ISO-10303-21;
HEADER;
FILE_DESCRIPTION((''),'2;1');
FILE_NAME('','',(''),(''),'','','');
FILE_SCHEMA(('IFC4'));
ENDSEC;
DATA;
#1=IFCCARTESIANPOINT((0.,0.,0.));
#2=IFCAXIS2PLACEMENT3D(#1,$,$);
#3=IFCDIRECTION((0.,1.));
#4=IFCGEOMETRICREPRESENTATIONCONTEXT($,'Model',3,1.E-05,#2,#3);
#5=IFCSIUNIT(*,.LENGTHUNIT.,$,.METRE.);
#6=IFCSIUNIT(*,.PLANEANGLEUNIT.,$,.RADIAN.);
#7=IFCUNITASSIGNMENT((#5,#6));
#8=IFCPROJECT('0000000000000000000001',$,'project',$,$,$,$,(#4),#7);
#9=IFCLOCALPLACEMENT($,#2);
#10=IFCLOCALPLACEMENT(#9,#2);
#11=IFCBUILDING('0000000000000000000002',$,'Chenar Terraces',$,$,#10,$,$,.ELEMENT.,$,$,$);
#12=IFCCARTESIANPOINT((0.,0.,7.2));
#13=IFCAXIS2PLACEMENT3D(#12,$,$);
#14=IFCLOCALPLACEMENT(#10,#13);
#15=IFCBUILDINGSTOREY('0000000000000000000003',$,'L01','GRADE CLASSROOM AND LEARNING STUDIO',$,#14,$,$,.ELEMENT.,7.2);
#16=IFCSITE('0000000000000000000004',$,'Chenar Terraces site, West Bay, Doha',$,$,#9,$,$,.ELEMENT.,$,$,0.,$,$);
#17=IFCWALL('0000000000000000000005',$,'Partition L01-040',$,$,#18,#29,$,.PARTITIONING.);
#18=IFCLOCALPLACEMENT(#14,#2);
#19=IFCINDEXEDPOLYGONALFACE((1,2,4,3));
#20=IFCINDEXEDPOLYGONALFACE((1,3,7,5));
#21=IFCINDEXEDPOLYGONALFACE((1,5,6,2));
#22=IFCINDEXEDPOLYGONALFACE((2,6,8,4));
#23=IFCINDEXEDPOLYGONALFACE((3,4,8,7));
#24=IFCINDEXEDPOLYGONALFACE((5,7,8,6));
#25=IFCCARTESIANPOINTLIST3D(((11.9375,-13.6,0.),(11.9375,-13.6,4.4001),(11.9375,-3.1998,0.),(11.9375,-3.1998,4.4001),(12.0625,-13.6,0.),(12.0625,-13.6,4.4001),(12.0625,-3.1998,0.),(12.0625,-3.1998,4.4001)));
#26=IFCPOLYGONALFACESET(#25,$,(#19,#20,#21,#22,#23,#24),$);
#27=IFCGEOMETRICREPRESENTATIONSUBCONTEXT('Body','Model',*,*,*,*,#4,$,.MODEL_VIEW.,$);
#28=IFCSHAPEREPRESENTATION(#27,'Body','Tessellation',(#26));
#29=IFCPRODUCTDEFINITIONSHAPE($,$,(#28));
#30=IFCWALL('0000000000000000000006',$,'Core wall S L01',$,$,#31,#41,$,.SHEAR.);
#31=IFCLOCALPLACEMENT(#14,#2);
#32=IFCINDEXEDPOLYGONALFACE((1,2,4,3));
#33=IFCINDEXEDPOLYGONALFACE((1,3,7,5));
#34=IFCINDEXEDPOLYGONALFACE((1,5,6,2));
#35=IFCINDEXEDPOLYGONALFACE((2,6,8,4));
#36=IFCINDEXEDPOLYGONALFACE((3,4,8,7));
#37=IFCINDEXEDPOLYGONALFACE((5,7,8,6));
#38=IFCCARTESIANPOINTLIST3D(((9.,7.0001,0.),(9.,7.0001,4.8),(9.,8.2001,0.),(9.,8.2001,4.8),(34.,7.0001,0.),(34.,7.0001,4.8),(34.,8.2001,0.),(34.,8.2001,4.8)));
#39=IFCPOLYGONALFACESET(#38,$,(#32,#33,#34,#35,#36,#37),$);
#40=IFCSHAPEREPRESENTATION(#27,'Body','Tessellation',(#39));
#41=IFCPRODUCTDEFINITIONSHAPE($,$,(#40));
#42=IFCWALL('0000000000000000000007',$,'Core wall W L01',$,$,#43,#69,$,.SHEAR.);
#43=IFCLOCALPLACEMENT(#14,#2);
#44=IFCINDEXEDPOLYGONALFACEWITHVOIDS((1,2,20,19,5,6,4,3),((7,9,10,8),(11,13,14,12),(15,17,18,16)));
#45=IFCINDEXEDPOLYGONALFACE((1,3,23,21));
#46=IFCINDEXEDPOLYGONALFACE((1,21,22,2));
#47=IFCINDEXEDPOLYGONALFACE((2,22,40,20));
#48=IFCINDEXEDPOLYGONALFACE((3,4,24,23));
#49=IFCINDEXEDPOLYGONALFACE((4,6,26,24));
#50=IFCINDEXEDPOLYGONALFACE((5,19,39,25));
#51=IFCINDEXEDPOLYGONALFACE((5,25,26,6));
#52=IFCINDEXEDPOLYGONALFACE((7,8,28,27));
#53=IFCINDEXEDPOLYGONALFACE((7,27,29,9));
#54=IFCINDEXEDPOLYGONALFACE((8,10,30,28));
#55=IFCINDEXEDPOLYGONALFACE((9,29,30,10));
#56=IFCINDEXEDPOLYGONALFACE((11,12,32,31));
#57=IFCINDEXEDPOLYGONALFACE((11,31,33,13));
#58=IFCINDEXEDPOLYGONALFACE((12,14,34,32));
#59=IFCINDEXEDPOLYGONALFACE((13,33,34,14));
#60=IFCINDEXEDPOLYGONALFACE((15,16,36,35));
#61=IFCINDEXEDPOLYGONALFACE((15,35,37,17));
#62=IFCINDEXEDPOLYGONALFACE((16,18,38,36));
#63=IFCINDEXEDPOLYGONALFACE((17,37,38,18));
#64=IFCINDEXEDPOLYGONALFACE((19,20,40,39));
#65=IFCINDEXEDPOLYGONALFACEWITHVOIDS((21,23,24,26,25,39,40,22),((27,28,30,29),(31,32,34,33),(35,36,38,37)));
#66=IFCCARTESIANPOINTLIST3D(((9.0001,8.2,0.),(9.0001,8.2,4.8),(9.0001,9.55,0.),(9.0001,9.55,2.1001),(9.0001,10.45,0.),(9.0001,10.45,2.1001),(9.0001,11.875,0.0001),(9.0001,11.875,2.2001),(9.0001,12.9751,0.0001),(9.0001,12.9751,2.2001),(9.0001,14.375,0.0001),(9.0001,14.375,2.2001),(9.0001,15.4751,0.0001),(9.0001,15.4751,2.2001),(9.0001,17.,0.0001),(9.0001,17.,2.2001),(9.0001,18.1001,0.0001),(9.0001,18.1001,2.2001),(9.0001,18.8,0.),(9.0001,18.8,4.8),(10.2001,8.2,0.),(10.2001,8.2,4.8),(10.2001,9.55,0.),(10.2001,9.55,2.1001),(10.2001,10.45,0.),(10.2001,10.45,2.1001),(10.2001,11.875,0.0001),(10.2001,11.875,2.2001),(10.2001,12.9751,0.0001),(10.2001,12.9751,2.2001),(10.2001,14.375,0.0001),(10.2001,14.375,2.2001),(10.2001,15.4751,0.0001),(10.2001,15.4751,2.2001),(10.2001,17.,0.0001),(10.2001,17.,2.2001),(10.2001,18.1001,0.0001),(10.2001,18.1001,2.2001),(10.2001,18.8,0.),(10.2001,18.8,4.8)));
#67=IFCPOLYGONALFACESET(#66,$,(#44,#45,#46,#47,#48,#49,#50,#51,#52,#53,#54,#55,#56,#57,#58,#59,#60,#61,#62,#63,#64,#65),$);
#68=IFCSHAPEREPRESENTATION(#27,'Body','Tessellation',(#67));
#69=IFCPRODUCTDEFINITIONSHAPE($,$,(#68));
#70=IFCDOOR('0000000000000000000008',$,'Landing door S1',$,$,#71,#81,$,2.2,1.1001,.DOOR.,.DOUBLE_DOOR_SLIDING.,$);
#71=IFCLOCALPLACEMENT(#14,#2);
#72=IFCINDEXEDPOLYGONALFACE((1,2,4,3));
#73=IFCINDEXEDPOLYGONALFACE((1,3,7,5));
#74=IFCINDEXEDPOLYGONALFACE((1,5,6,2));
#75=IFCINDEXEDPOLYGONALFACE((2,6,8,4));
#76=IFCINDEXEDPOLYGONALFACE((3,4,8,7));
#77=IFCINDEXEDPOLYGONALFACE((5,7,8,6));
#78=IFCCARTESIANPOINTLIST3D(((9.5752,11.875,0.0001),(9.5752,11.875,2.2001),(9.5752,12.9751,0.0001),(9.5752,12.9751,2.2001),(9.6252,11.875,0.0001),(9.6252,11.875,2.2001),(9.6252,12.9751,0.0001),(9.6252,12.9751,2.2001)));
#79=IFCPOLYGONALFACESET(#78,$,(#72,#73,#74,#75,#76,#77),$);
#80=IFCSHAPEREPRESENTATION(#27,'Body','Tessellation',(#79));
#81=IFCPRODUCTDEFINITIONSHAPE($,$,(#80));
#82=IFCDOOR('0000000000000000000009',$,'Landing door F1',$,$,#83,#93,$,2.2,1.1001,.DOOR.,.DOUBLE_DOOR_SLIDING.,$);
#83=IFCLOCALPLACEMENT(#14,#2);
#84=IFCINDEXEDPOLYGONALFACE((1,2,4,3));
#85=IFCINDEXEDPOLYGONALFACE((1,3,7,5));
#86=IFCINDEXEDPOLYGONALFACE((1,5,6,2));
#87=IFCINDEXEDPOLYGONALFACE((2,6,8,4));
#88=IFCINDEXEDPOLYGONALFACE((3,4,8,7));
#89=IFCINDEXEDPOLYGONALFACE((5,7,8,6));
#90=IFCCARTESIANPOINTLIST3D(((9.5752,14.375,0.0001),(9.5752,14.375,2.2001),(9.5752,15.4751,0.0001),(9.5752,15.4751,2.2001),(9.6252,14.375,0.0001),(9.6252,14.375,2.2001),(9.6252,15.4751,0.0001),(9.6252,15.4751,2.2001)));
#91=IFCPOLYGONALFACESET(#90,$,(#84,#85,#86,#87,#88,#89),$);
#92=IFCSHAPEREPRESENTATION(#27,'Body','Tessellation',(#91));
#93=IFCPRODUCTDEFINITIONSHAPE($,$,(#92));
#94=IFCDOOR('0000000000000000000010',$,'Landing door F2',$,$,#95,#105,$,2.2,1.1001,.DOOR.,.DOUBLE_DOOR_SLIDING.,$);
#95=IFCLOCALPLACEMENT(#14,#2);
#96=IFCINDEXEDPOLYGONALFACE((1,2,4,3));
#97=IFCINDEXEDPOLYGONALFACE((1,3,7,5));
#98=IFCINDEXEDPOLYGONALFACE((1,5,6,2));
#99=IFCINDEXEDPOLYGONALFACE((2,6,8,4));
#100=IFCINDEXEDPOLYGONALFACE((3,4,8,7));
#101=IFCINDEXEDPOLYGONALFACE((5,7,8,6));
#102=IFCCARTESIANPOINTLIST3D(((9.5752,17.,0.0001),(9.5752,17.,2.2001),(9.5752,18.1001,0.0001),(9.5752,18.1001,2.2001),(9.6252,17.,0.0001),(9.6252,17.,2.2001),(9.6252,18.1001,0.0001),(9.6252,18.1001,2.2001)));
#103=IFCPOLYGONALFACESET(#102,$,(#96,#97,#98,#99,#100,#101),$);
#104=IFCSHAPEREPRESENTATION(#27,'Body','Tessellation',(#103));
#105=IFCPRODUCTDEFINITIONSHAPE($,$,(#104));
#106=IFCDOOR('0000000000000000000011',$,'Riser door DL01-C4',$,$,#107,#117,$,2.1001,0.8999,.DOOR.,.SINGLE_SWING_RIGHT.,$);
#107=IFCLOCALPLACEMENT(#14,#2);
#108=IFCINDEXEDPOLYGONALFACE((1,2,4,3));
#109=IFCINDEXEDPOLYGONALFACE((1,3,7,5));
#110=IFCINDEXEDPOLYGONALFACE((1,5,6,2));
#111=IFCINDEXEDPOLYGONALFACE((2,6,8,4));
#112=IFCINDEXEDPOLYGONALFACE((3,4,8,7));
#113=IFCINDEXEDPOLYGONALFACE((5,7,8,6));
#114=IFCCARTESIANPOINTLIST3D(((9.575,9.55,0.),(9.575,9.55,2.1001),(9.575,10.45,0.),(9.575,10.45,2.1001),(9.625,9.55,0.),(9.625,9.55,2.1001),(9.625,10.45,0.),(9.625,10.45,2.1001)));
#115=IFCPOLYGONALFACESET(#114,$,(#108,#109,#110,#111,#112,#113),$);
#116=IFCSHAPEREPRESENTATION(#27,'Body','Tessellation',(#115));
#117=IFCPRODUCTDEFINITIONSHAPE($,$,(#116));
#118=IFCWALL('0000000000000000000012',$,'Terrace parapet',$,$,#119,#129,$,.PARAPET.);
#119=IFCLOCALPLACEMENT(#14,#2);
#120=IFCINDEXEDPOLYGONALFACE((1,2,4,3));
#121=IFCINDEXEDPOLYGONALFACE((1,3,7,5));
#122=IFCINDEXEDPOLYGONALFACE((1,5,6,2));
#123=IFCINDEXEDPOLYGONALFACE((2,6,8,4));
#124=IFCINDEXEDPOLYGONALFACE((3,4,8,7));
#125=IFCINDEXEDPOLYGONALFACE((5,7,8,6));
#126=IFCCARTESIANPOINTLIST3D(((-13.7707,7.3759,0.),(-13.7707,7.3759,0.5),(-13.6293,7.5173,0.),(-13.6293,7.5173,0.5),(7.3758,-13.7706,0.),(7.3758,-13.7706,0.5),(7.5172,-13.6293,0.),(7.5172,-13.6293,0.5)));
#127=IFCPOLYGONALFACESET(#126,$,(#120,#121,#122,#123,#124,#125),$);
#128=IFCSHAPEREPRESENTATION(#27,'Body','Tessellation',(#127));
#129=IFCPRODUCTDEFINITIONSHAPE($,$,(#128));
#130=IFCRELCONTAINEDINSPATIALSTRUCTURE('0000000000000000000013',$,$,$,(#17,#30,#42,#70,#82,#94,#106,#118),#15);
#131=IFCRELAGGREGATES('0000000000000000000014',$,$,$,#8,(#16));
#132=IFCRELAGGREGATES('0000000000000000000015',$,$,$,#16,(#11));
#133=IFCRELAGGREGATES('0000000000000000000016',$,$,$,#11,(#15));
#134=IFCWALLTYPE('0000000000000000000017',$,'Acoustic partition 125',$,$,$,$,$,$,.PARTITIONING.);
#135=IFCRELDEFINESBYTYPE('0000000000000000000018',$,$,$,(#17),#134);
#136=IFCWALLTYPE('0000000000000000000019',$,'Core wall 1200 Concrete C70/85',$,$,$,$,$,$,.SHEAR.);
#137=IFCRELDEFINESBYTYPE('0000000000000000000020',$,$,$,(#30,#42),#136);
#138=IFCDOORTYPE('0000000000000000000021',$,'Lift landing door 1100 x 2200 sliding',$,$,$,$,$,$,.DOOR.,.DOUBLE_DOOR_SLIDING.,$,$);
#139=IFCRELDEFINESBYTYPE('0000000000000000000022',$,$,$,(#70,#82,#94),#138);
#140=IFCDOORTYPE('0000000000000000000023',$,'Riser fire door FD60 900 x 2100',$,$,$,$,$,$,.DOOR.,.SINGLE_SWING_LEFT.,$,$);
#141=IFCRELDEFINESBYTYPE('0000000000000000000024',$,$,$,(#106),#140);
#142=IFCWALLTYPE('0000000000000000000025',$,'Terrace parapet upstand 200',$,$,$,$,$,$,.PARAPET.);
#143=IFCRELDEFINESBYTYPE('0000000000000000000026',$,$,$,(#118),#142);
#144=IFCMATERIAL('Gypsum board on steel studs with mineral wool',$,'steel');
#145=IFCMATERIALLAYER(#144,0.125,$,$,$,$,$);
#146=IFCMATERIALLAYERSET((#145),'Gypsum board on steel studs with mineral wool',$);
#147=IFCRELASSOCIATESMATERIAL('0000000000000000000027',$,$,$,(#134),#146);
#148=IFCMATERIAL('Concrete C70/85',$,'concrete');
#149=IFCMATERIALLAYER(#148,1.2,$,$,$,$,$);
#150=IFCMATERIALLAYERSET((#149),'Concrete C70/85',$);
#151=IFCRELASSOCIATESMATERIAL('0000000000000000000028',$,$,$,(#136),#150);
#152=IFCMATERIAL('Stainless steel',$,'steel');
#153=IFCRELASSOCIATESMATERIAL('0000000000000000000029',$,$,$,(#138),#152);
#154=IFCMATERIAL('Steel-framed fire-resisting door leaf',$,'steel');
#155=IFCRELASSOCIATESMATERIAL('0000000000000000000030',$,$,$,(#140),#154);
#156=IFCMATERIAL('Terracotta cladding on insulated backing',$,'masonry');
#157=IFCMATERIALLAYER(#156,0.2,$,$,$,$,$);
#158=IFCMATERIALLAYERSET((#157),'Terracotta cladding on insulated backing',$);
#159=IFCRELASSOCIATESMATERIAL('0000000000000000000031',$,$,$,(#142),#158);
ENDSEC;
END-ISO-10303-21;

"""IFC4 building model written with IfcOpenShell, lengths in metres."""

from ifc_helpers import new_model, si_unit, direction, frame, frame_2d, origin, place, context, subcontext, project, spatial, rectangle, extrude, material, layer, layer_set, type_object, element, fill, save


model = new_model("IFC4")

# Units and contexts
model_context = context("Model", 3, precision=1e-05, world=origin(), true_north=direction((0.0, 1.0)))
body_context = subcontext(model_context, "Body", "Model", "MODEL_VIEW")
ifc_project = project(units=[si_unit("LENGTHUNIT", "METRE"), si_unit("PLANEANGLEUNIT", "RADIAN")], contexts=[model_context])

# Site, building, storey
site_placement = place(None, origin())
site = spatial("IfcSite", under=ifc_project, at=site_placement, Name="Chenar Terraces site, West Bay, Doha", CompositionType="ELEMENT", RefElevation=0.0)
building_placement = place(site_placement, origin())
building = spatial("IfcBuilding", under=site, at=building_placement, Name="Chenar Terraces", CompositionType="ELEMENT")
storey_placement = place(building_placement, frame((0.0, 0.0, 7.2)))
storey = spatial("IfcBuildingStorey", under=building, at=storey_placement, Name="L01", Description="GRADE CLASSROOM AND LEARNING STUDIO", CompositionType="ELEMENT", Elevation=7.2)

# Walls
ifc_material_1 = material(Name="Gypsum board on steel studs with mineral wool", Category="steel")
ifc_layer_1 = layer(ifc_material_1, 0.125)
ifc_layer_set_1 = layer_set([ifc_layer_1], Name="Gypsum board on steel studs with mineral wool")
wall_type_1 = type_object("IfcWallType", Name="Acoustic partition 125", PredefinedType="PARTITIONING", material=ifc_layer_set_1)
wall_1_placement = place(storey_placement, frame((12.0, -13.6001, 0.0), z_axis=(0.0, 0.0, 1.0), x_axis=(0.0, 1.0, 0.0)))
element("IfcWall", 1, at=wall_1_placement, inside=storey, type_object=wall_type_1, Name="Partition L01-040", PredefinedType="PARTITIONING", context=body_context, shape_type="SweptSolid", body=[
    extrude(rectangle(XDim=10.4001, YDim=0.125, at=frame_2d((5.2002, 0.0))), origin(), (0.0, 0.0, 1.0), 4.4001),
])
ifc_material_2 = material(Name="Concrete C70/85", Category="concrete")
ifc_layer_2 = layer(ifc_material_2, 1.2)
ifc_layer_set_2 = layer_set([ifc_layer_2], Name="Concrete C70/85")
wall_type_2 = type_object("IfcWallType", Name="Core wall 1200 Concrete C70/85", PredefinedType="SHEAR", material=ifc_layer_set_2)
wall_2_placement = place(storey_placement, frame((9.0, 7.6001, 0.0), z_axis=(0.0, 0.0, 1.0), x_axis=(1.0, 0.0, 0.0)))
element("IfcWall", 2, at=wall_2_placement, inside=storey, type_object=wall_type_2, Name="Core wall S L01", PredefinedType="SHEAR", context=body_context, shape_type="SweptSolid", body=[
    extrude(rectangle(XDim=25.0, YDim=1.2, at=frame_2d((12.5, 0.0))), origin(), (0.0, 0.0, 1.0), 4.8),
])

# Wall, openings, doors
wall_3_placement = place(storey_placement, frame((9.6001, 8.2, 0.0), z_axis=(0.0, 0.0, 1.0), x_axis=(0.0, 1.0, 0.0)))
wall_3 = element("IfcWall", 3, at=wall_3_placement, inside=storey, type_object=wall_type_2, Name="Core wall W L01", PredefinedType="SHEAR", context=body_context, shape_type="SweptSolid", body=[
    extrude(rectangle(XDim=10.6001, YDim=1.2, at=frame_2d((5.3, 0.0))), origin(), (0.0, 0.0, 1.0), 4.8),
])
opening_1_placement = place(wall_3_placement, frame((3.675, 0.0, 0.0)))
opening_1 = element("IfcOpeningElement", 4, at=opening_1_placement, cuts=wall_3, PredefinedType="OPENING", context=body_context, shape_type="SweptSolid", body=[
    extrude(rectangle(XDim=1.1001, YDim=2.2, at=frame_2d((0.55, 1.1001))), frame((0.0, 0.6099, 0.0), z_axis=(0.0, -1.0, 0.0), x_axis=(1.0, 0.0, 0.0)), (0.0, 0.0, 1.0), 1.22),
])
opening_2_placement = place(wall_3_placement, frame((6.175, 0.0, 0.0)))
opening_2 = element("IfcOpeningElement", 5, at=opening_2_placement, cuts=wall_3, PredefinedType="OPENING", context=body_context, shape_type="SweptSolid", body=[
    extrude(rectangle(XDim=1.1001, YDim=2.2, at=frame_2d((0.55, 1.1001))), frame((0.0, 0.6099, 0.0), z_axis=(0.0, -1.0, 0.0), x_axis=(1.0, 0.0, 0.0)), (0.0, 0.0, 1.0), 1.22),
])
opening_3_placement = place(wall_3_placement, frame((8.8, 0.0, 0.0)))
opening_3 = element("IfcOpeningElement", 6, at=opening_3_placement, cuts=wall_3, PredefinedType="OPENING", context=body_context, shape_type="SweptSolid", body=[
    extrude(rectangle(XDim=1.1001, YDim=2.2, at=frame_2d((0.55, 1.1001))), frame((0.0, 0.6099, 0.0), z_axis=(0.0, -1.0, 0.0), x_axis=(1.0, 0.0, 0.0)), (0.0, 0.0, 1.0), 1.22),
])
opening_4_placement = place(wall_3_placement, frame((1.3501, 0.0, 0.0)))
opening_4 = element("IfcOpeningElement", 7, at=opening_4_placement, cuts=wall_3, PredefinedType="OPENING", context=body_context, shape_type="SweptSolid", body=[
    extrude(rectangle(XDim=0.8999, YDim=2.1001, at=frame_2d((0.45, 1.05))), frame((0.0, 0.6099, 0.0), z_axis=(0.0, -1.0, 0.0), x_axis=(1.0, 0.0, 0.0)), (0.0, 0.0, 1.0), 1.22),
])
ifc_material_3 = material(Name="Stainless steel", Category="steel")
door_type_1 = type_object("IfcDoorType", Name="Lift landing door 1100 x 2200 sliding", OperationType="DOUBLE_DOOR_SLIDING", PredefinedType="DOOR", material=ifc_material_3)
door_1_placement = place(opening_1_placement, origin())
door_1 = element("IfcDoor", 8, at=door_1_placement, inside=storey, type_object=door_type_1, Name="Landing door S1", OperationType="DOUBLE_DOOR_SLIDING", OverallHeight=2.2, OverallWidth=1.1001, PredefinedType="DOOR", context=body_context, shape_type="SweptSolid", body=[
    extrude(rectangle(XDim=1.1001, YDim=2.2, at=frame_2d((0.55, 1.1001))), frame((0.0, 0.0249, 0.0), z_axis=(0.0, -1.0, 0.0), x_axis=(1.0, 0.0, 0.0)), (0.0, 0.0, 1.0), 0.05),
])
fill(opening_1, door_1)
door_2_placement = place(opening_2_placement, origin())
door_2 = element("IfcDoor", 9, at=door_2_placement, inside=storey, type_object=door_type_1, Name="Landing door F1", OperationType="DOUBLE_DOOR_SLIDING", OverallHeight=2.2, OverallWidth=1.1001, PredefinedType="DOOR", context=body_context, shape_type="SweptSolid", body=[
    extrude(rectangle(XDim=1.1001, YDim=2.2, at=frame_2d((0.55, 1.1001))), frame((0.0, 0.0249, 0.0), z_axis=(0.0, -1.0, 0.0), x_axis=(1.0, 0.0, 0.0)), (0.0, 0.0, 1.0), 0.05),
])
fill(opening_2, door_2)
door_3_placement = place(opening_3_placement, origin())
door_3 = element("IfcDoor", 10, at=door_3_placement, inside=storey, type_object=door_type_1, Name="Landing door F2", OperationType="DOUBLE_DOOR_SLIDING", OverallHeight=2.2, OverallWidth=1.1001, PredefinedType="DOOR", context=body_context, shape_type="SweptSolid", body=[
    extrude(rectangle(XDim=1.1001, YDim=2.2, at=frame_2d((0.55, 1.1001))), frame((0.0, 0.0249, 0.0), z_axis=(0.0, -1.0, 0.0), x_axis=(1.0, 0.0, 0.0)), (0.0, 0.0, 1.0), 0.05),
])
fill(opening_3, door_3)
ifc_material_4 = material(Name="Steel-framed fire-resisting door leaf", Category="steel")
door_type_2 = type_object("IfcDoorType", Name="Riser fire door FD60 900 x 2100", OperationType="SINGLE_SWING_LEFT", PredefinedType="DOOR", material=ifc_material_4)
door_4_placement = place(opening_4_placement, frame((0.8999, 0.0, 0.0), z_axis=(0.0, 0.0, 1.0), x_axis=(-1.0, 0.0, 0.0)))
door_4 = element("IfcDoor", 11, at=door_4_placement, inside=storey, type_object=door_type_2, Name="Riser door DL01-C4", OperationType="SINGLE_SWING_RIGHT", OverallHeight=2.1001, OverallWidth=0.8999, PredefinedType="DOOR", context=body_context, shape_type="SweptSolid", body=[
    extrude(rectangle(XDim=0.8999, YDim=2.1001, at=frame_2d((0.45, 1.05))), frame((0.0, 0.0249, 0.0), z_axis=(0.0, -1.0, 0.0), x_axis=(1.0, 0.0, 0.0)), (0.0, 0.0, 1.0), 0.05),
])
fill(opening_4, door_4)

# Wall
ifc_material_5 = material(Name="Terracotta cladding on insulated backing", Category="masonry")
ifc_layer_3 = layer(ifc_material_5, 0.2)
ifc_layer_set_3 = layer_set([ifc_layer_3], Name="Terracotta cladding on insulated backing")
wall_type_3 = type_object("IfcWallType", Name="Terrace parapet upstand 200", PredefinedType="PARAPET", material=ifc_layer_set_3)
wall_4_placement = place(storey_placement, frame((7.4465, -13.7, 0.0), z_axis=(0.0, 0.0, 1.0), x_axis=(-0.707107, 0.707107, 0.0)))
element("IfcWall", 12, at=wall_4_placement, inside=storey, type_object=wall_type_3, Name="Terrace parapet", PredefinedType="PARAPET", context=body_context, shape_type="SweptSolid", body=[
    extrude(rectangle(XDim=29.9058, YDim=0.2, at=frame_2d((14.9529, 0.0))), origin(), (0.0, 0.0, 1.0), 0.5),
])

save(model, "model.ifc")
